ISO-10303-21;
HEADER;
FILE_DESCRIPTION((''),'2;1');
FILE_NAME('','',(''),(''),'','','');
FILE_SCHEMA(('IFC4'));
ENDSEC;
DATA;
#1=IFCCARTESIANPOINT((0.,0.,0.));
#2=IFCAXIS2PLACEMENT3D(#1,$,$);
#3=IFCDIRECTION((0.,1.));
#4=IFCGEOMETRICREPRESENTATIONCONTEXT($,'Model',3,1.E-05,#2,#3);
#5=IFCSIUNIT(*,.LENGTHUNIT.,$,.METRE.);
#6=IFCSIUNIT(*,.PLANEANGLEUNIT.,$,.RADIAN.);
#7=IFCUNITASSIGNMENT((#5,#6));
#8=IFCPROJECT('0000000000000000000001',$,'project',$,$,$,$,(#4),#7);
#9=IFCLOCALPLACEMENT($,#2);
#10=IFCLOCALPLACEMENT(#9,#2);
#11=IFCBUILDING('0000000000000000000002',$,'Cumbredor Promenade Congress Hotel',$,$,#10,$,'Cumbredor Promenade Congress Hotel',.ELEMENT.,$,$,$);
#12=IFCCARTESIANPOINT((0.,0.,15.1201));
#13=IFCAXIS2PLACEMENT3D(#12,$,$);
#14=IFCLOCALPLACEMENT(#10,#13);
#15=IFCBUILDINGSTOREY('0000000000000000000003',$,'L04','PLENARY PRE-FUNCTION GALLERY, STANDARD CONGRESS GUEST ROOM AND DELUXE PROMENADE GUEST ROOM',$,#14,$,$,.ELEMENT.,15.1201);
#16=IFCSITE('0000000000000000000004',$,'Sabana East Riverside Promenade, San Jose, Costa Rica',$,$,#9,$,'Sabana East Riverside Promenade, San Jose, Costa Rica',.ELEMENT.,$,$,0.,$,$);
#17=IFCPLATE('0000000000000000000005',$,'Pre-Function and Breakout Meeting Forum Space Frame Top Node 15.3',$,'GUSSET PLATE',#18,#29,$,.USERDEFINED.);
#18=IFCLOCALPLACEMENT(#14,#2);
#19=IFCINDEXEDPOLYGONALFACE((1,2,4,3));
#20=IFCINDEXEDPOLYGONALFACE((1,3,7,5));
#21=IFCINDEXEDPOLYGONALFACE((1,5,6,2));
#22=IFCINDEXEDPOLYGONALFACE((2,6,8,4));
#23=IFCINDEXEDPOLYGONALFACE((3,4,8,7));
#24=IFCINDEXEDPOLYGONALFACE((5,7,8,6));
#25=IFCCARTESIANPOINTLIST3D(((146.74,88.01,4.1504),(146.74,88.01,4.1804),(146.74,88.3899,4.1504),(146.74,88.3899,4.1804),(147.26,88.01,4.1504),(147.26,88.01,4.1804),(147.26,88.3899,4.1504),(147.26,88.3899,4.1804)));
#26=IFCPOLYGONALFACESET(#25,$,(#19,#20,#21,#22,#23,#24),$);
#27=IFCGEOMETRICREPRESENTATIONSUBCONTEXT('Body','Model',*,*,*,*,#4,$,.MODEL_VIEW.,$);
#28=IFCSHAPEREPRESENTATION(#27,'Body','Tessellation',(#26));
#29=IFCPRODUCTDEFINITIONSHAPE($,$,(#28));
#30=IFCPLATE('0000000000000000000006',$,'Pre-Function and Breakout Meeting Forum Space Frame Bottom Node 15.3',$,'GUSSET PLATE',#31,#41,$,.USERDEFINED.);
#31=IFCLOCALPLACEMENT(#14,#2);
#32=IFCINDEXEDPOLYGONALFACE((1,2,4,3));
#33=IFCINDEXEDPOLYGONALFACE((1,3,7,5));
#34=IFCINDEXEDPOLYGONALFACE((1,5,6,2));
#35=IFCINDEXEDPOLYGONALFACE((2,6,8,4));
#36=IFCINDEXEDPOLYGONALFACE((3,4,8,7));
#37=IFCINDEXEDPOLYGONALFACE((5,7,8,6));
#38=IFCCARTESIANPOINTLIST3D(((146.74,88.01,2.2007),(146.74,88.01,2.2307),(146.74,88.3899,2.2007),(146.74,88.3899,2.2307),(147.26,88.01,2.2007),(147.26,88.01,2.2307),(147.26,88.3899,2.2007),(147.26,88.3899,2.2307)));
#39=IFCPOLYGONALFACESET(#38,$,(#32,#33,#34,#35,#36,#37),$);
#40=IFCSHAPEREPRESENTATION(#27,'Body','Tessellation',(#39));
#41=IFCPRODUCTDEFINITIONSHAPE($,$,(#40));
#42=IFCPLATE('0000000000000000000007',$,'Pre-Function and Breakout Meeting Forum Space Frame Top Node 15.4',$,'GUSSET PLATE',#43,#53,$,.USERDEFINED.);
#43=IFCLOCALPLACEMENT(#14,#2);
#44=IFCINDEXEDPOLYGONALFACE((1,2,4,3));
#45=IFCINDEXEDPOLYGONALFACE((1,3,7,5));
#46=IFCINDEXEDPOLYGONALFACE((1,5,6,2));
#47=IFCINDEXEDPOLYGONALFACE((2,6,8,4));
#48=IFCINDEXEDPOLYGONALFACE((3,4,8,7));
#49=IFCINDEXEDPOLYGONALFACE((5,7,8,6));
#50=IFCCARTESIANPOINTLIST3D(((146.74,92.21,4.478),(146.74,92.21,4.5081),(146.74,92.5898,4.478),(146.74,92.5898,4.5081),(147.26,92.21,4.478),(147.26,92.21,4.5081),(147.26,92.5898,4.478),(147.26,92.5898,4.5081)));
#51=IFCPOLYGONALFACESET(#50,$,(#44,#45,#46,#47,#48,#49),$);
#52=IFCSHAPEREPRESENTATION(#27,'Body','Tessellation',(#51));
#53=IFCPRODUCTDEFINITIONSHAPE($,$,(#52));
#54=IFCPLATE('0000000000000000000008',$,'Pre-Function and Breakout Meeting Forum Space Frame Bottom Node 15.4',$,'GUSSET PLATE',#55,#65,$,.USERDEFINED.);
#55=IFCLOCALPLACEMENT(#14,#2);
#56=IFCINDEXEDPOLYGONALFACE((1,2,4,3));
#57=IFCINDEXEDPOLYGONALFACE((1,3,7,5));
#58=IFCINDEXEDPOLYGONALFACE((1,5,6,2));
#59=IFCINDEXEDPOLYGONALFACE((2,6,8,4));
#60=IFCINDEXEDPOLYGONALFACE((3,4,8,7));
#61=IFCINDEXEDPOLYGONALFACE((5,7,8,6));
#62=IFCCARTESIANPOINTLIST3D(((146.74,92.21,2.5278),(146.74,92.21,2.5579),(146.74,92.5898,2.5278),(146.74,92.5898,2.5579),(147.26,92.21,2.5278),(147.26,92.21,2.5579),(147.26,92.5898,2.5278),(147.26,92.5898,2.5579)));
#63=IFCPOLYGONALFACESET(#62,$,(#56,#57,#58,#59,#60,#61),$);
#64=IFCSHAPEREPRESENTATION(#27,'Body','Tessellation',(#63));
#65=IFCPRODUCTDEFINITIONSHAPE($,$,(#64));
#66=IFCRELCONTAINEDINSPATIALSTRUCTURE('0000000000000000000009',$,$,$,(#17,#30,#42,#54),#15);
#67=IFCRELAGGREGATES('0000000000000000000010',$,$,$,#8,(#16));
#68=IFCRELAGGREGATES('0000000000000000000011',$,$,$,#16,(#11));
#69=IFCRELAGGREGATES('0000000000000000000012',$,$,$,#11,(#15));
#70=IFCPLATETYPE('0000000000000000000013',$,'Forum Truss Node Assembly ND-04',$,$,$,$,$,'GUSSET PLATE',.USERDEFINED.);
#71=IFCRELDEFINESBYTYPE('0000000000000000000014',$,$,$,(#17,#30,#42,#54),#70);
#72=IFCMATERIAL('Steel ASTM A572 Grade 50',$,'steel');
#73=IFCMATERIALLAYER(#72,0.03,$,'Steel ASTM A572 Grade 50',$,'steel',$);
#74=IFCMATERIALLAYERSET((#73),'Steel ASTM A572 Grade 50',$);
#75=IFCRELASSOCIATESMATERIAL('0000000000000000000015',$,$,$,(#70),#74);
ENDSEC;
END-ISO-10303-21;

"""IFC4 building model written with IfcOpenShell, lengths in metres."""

from ifc_helpers import new_model, si_unit, direction, frame, origin, origin_2d, place, context, subcontext, project, spatial, rectangle, extrude, material, layer, layer_set, type_object, element, save


model = new_model("IFC4")

# Units and contexts
model_context = context("Model", 3, precision=1e-05, world=origin(), true_north=direction((0.0, 1.0)))
body_context = subcontext(model_context, "Body", "Model", "MODEL_VIEW")
ifc_project = project(units=[si_unit("LENGTHUNIT", "METRE"), si_unit("PLANEANGLEUNIT", "RADIAN")], contexts=[model_context])

# Site, building, storey
site_placement = place(None, origin())
site = spatial("IfcSite", under=ifc_project, at=site_placement, Name="Sabana East Riverside Promenade, San Jose, Costa Rica", LongName="Sabana East Riverside Promenade, San Jose, Costa Rica", CompositionType="ELEMENT", RefElevation=0.0)
building_placement = place(site_placement, origin())
building = spatial("IfcBuilding", under=site, at=building_placement, Name="Cumbredor Promenade Congress Hotel", LongName="Cumbredor Promenade Congress Hotel", CompositionType="ELEMENT")
storey_placement = place(building_placement, frame((0.0, 0.0, 15.1201)))
storey = spatial("IfcBuildingStorey", under=building, at=storey_placement, Name="L04", Description="PLENARY PRE-FUNCTION GALLERY, STANDARD CONGRESS GUEST ROOM AND DELUXE PROMENADE GUEST ROOM", CompositionType="ELEMENT", Elevation=15.1201)

# Plates
ifc_material_1 = material(Name="Steel ASTM A572 Grade 50", Category="steel")
ifc_layer = layer(ifc_material_1, 0.03, Name="Steel ASTM A572 Grade 50", Category="steel")
ifc_layer_set = layer_set([ifc_layer], Name="Steel ASTM A572 Grade 50")
plate_type = type_object("IfcPlateType", Name="Forum Truss Node Assembly ND-04", ElementType="GUSSET PLATE", PredefinedType="USERDEFINED", material=ifc_layer_set)
for number, where, z_axis, x_axis, name in (
    (1, (147.0, 88.2, 4.1504), (0.0, 0.0, 1.0), (1.0, 0.0, 0.0), "Pre-Function and Breakout Meeting Forum Space Frame Top Node 15.3"),
    (2, (147.0, 88.2, 2.2007), (0.0, 0.0, 1.0), (1.0, 0.0, 0.0), "Pre-Function and Breakout Meeting Forum Space Frame Bottom Node 15.3"),
    (3, (147.0, 92.3999, 4.478), (0.0, 0.0, 1.0), (1.0, 0.0, 0.0), "Pre-Function and Breakout Meeting Forum Space Frame Top Node 15.4"),
    (4, (147.0, 92.3999, 2.5278), (0.0, 0.0, 1.0), (1.0, 0.0, 0.0), "Pre-Function and Breakout Meeting Forum Space Frame Bottom Node 15.4"),
):
    element("IfcPlate", number, at=place(storey_placement, frame(where, z_axis=z_axis, x_axis=x_axis)), inside=storey, type_object=plate_type, Name=name, ObjectType="GUSSET PLATE", PredefinedType="USERDEFINED", context=body_context, shape_type="SweptSolid", body=[
        extrude(rectangle(XDim=0.52, YDim=0.3799, at=origin_2d()), origin(), (0.0, 0.0, 1.0), 0.03),
    ])

save(model, "model.ifc")
